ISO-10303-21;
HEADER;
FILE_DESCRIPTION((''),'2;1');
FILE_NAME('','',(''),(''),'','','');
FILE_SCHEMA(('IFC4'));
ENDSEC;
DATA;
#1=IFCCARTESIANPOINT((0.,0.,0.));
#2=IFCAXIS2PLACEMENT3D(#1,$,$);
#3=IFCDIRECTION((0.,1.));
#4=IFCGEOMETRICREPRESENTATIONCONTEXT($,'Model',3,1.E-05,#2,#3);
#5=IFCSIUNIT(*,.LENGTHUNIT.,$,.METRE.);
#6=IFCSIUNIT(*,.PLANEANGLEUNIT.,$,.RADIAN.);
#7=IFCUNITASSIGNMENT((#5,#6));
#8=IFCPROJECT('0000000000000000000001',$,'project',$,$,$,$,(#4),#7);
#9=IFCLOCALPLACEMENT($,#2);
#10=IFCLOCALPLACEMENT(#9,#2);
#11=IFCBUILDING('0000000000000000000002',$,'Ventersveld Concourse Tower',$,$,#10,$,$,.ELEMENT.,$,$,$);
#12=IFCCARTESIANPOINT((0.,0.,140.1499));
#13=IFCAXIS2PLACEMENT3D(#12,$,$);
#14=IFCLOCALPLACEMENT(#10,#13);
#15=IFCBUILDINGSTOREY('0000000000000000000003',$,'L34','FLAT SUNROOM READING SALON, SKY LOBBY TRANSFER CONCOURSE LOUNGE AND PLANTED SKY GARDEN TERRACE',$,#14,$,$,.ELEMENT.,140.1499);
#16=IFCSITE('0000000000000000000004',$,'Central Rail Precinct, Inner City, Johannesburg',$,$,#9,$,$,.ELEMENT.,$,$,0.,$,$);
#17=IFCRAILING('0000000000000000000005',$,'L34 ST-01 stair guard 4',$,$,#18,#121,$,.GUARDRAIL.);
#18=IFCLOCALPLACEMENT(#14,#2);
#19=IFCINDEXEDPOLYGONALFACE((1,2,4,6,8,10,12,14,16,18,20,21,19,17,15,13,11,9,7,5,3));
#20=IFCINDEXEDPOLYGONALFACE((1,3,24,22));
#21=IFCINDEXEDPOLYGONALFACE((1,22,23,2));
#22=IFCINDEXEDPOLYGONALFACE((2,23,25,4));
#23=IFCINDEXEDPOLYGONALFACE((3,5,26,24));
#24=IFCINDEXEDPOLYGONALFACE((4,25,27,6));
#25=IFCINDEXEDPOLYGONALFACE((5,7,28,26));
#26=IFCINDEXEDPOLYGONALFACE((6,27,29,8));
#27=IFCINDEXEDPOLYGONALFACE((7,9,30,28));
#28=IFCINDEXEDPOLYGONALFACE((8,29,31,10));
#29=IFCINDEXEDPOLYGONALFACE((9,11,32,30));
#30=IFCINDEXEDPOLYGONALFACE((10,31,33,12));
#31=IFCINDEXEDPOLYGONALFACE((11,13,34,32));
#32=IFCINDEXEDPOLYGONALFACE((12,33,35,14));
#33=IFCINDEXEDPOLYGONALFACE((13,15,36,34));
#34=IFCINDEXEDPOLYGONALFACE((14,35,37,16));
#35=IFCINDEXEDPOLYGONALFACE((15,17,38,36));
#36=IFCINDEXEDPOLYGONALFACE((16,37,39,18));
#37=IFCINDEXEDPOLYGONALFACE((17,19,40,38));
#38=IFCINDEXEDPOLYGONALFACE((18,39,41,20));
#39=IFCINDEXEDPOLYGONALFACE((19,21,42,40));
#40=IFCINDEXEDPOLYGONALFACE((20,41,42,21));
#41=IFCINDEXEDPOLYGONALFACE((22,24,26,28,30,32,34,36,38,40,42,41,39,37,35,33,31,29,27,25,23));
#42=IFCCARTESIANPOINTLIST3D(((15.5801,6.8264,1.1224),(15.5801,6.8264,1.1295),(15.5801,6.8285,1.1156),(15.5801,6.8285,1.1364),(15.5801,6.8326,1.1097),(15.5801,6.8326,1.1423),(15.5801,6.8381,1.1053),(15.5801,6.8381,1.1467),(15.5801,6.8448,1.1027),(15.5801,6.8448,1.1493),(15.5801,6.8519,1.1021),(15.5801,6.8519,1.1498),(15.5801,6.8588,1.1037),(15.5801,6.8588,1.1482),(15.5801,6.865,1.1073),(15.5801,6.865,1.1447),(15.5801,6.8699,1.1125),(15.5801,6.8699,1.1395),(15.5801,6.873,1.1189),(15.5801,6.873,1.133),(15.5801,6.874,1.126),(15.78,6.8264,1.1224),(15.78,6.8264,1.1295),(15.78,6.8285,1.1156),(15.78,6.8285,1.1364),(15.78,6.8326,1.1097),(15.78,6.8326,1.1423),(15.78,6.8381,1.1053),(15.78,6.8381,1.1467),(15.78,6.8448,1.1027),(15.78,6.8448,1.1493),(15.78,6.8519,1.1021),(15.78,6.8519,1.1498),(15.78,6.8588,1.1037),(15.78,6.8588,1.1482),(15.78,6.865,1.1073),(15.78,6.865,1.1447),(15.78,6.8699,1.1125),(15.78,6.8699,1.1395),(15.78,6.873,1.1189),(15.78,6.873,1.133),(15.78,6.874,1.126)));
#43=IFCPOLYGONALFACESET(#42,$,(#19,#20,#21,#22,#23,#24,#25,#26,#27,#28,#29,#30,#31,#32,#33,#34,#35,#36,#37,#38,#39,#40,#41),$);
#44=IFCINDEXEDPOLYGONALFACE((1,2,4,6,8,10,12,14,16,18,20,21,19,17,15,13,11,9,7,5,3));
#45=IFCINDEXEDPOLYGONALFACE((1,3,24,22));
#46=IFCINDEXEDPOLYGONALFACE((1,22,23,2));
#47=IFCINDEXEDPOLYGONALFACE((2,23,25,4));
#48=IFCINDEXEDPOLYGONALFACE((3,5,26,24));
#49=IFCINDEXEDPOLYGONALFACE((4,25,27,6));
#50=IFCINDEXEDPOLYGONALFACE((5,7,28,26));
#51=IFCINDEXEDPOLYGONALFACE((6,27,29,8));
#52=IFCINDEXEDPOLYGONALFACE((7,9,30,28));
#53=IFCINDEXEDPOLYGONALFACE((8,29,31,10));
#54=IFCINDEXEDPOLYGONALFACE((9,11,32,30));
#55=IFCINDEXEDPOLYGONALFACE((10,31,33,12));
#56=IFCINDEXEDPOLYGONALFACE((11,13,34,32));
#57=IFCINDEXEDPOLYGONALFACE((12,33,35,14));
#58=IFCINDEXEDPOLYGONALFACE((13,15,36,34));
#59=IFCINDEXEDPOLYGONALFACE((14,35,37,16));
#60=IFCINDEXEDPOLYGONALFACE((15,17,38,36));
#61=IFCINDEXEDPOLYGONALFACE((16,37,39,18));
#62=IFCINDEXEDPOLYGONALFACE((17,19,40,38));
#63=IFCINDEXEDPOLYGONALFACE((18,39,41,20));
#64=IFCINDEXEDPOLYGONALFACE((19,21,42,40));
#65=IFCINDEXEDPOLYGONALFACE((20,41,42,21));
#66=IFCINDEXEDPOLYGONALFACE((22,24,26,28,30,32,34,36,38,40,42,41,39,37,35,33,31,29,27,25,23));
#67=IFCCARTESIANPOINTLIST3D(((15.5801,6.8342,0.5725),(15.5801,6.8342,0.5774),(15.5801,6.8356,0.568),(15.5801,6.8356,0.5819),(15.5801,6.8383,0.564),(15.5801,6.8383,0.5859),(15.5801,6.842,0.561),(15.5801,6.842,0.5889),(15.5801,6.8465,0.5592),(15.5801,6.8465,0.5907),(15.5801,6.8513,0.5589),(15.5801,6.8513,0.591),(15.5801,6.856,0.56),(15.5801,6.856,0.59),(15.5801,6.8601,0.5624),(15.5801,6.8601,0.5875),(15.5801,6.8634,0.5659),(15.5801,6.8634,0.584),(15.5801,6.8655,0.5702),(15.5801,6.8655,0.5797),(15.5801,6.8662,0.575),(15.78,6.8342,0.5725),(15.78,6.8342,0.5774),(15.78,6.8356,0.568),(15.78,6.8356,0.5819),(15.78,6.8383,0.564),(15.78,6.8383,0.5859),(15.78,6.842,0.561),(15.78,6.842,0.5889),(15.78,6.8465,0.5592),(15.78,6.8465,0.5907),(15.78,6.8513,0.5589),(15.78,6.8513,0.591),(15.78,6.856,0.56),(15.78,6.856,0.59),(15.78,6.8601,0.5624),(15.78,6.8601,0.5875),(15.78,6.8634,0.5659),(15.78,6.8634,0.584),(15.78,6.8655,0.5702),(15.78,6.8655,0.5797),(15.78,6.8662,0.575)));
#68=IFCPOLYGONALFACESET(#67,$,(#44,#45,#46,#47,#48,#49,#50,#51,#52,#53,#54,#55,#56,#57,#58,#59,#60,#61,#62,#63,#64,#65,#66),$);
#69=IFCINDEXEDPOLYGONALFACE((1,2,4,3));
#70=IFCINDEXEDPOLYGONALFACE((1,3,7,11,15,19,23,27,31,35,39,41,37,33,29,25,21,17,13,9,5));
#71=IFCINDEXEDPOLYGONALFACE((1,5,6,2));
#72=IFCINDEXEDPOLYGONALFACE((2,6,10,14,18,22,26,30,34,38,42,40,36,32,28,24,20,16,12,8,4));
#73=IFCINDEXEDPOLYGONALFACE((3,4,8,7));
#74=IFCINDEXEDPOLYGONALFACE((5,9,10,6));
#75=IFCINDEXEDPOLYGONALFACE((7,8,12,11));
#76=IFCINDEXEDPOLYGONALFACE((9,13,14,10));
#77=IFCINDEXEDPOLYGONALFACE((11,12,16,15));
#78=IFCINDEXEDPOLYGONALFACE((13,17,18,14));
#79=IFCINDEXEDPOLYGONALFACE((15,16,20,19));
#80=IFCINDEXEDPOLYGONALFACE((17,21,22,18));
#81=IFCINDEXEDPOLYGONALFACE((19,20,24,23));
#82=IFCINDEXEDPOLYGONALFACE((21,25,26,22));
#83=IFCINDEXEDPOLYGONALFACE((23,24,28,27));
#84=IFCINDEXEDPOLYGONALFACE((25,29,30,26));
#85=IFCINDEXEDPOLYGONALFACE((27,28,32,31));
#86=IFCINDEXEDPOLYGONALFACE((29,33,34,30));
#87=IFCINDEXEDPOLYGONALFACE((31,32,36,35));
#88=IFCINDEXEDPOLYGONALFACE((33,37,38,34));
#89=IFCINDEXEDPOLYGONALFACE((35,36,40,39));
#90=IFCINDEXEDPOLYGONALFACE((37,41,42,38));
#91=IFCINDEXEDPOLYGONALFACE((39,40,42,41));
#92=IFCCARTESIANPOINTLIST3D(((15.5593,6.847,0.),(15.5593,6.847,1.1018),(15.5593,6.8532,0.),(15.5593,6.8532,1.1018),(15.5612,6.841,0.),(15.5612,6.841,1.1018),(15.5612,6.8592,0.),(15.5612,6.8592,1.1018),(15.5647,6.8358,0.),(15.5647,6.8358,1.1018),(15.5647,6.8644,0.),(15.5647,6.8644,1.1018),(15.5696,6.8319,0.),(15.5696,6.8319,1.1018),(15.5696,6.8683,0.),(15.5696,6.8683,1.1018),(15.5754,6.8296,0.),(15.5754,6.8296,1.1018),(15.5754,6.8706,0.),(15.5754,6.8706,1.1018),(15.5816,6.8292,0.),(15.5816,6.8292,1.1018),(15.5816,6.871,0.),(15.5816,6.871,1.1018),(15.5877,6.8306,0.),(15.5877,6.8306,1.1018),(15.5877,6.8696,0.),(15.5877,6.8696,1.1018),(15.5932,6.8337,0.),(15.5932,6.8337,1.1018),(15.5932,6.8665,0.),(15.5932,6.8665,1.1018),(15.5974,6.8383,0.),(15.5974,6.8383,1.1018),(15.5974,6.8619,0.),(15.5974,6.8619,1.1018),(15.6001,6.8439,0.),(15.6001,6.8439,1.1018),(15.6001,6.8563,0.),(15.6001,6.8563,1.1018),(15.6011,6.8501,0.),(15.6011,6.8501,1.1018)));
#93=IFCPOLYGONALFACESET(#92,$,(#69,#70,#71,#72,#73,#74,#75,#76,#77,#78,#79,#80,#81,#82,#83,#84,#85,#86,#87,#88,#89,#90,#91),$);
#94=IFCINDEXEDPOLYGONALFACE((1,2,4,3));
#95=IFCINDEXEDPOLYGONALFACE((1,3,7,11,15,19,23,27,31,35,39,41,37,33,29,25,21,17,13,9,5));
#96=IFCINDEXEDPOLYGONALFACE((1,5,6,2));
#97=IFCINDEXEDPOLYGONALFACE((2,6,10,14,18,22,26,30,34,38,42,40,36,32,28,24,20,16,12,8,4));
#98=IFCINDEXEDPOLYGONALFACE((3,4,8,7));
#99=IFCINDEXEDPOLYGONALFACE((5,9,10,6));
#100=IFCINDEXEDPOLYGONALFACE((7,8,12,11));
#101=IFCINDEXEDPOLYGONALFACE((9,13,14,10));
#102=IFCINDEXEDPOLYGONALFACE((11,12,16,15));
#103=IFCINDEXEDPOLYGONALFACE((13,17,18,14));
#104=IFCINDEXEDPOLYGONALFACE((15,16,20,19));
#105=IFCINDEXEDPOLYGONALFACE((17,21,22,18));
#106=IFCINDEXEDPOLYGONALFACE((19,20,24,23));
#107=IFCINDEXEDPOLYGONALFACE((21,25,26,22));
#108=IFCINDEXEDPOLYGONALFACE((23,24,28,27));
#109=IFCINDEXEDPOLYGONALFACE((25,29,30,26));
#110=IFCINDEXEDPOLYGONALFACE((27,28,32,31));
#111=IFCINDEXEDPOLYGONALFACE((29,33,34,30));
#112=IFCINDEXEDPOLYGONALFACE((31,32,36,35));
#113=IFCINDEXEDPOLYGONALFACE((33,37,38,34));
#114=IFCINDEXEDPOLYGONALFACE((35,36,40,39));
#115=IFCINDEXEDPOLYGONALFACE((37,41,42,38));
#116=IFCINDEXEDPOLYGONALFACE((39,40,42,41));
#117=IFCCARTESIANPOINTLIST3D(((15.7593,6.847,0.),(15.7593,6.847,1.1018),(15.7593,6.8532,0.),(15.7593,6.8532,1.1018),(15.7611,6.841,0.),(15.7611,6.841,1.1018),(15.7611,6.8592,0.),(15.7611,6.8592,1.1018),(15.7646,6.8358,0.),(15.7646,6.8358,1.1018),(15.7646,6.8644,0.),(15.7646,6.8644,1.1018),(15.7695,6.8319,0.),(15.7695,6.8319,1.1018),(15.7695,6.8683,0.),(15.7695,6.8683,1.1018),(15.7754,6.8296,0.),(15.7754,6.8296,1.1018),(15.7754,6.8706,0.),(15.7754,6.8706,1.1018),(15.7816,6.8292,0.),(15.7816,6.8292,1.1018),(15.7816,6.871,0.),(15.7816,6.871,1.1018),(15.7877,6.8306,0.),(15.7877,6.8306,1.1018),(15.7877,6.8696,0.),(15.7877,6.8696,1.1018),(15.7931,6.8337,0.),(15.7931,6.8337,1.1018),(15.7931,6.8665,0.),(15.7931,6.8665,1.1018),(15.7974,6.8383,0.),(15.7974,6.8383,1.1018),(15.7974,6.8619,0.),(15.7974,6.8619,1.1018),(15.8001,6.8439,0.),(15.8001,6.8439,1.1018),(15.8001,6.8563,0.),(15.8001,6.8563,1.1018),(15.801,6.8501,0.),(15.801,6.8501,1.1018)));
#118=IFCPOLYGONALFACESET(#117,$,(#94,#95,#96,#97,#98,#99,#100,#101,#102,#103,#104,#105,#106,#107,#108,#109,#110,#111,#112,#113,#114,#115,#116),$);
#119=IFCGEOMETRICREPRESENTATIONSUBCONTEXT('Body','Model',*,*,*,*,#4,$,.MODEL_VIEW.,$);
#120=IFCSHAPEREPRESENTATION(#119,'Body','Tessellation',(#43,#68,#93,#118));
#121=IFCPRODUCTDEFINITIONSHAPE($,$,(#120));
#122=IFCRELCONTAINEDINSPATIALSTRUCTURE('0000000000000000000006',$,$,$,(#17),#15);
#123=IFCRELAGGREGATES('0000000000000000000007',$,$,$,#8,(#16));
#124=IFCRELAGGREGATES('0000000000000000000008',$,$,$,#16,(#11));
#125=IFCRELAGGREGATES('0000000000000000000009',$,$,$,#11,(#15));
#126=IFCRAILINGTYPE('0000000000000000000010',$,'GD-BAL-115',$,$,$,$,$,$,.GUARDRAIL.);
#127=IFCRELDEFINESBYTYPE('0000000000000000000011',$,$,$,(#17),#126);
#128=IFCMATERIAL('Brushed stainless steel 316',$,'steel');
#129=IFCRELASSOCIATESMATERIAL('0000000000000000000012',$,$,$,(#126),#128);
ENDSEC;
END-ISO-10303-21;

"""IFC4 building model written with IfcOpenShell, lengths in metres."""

from ifc_helpers import new_model, si_unit, direction, frame, origin, origin_2d, place, context, subcontext, project, spatial, circle, extrude, material, type_object, element, save


model = new_model("IFC4")

# Units and contexts
model_context = context("Model", 3, precision=1e-05, world=origin(), true_north=direction((0.0, 1.0)))
body_context = subcontext(model_context, "Body", "Model", "MODEL_VIEW")
ifc_project = project(units=[si_unit("LENGTHUNIT", "METRE"), si_unit("PLANEANGLEUNIT", "RADIAN")], contexts=[model_context])

# Site, building, storey
site_placement = place(None, origin())
site = spatial("IfcSite", under=ifc_project, at=site_placement, Name="Central Rail Precinct, Inner City, Johannesburg", CompositionType="ELEMENT", RefElevation=0.0)
building_placement = place(site_placement, origin())
building = spatial("IfcBuilding", under=site, at=building_placement, Name="Ventersveld Concourse Tower", CompositionType="ELEMENT")
storey_placement = place(building_placement, frame((0.0, 0.0, 140.1499)))
storey = spatial("IfcBuildingStorey", under=building, at=storey_placement, Name="L34", Description="FLAT SUNROOM READING SALON, SKY LOBBY TRANSFER CONCOURSE LOUNGE AND PLANTED SKY GARDEN TERRACE", CompositionType="ELEMENT", Elevation=140.1499)

# Railing
ifc_material_1 = material(Name="Brushed stainless steel 316", Category="steel")
railing_type_1 = type_object("IfcRailingType", Name="GD-BAL-115", PredefinedType="GUARDRAIL", material=ifc_material_1)
railing_1_placement = place(storey_placement, frame((15.5801, 6.8501, 0.0)))
element("IfcRailing", 1, at=railing_1_placement, inside=storey, type_object=railing_type_1, Name="L34 ST-01 stair guard 4", PredefinedType="GUARDRAIL", context=body_context, shape_type="SweptSolid", body=[
    extrude(circle(Radius=0.0239, at=origin_2d()), frame((0.0, 0.0, 1.126), z_axis=(1.0, 0.0, 0.0), x_axis=(0.0, 1.0, 0.0)), (0.0, 0.0, 1.0), 0.2),
    extrude(circle(Radius=0.0161, at=origin_2d()), frame((0.0, 0.0, 0.575), z_axis=(1.0, 0.0, 0.0), x_axis=(0.0, 1.0, 0.0)), (0.0, 0.0, 1.0), 0.2),
    extrude(circle(Radius=0.021, at=origin_2d()), origin(), (0.0, 0.0, 1.0), 1.1018),
    extrude(circle(Radius=0.021, at=origin_2d()), frame((0.2, 0.0, 0.0)), (0.0, 0.0, 1.0), 1.1018),
])

save(model, "model.ifc")
